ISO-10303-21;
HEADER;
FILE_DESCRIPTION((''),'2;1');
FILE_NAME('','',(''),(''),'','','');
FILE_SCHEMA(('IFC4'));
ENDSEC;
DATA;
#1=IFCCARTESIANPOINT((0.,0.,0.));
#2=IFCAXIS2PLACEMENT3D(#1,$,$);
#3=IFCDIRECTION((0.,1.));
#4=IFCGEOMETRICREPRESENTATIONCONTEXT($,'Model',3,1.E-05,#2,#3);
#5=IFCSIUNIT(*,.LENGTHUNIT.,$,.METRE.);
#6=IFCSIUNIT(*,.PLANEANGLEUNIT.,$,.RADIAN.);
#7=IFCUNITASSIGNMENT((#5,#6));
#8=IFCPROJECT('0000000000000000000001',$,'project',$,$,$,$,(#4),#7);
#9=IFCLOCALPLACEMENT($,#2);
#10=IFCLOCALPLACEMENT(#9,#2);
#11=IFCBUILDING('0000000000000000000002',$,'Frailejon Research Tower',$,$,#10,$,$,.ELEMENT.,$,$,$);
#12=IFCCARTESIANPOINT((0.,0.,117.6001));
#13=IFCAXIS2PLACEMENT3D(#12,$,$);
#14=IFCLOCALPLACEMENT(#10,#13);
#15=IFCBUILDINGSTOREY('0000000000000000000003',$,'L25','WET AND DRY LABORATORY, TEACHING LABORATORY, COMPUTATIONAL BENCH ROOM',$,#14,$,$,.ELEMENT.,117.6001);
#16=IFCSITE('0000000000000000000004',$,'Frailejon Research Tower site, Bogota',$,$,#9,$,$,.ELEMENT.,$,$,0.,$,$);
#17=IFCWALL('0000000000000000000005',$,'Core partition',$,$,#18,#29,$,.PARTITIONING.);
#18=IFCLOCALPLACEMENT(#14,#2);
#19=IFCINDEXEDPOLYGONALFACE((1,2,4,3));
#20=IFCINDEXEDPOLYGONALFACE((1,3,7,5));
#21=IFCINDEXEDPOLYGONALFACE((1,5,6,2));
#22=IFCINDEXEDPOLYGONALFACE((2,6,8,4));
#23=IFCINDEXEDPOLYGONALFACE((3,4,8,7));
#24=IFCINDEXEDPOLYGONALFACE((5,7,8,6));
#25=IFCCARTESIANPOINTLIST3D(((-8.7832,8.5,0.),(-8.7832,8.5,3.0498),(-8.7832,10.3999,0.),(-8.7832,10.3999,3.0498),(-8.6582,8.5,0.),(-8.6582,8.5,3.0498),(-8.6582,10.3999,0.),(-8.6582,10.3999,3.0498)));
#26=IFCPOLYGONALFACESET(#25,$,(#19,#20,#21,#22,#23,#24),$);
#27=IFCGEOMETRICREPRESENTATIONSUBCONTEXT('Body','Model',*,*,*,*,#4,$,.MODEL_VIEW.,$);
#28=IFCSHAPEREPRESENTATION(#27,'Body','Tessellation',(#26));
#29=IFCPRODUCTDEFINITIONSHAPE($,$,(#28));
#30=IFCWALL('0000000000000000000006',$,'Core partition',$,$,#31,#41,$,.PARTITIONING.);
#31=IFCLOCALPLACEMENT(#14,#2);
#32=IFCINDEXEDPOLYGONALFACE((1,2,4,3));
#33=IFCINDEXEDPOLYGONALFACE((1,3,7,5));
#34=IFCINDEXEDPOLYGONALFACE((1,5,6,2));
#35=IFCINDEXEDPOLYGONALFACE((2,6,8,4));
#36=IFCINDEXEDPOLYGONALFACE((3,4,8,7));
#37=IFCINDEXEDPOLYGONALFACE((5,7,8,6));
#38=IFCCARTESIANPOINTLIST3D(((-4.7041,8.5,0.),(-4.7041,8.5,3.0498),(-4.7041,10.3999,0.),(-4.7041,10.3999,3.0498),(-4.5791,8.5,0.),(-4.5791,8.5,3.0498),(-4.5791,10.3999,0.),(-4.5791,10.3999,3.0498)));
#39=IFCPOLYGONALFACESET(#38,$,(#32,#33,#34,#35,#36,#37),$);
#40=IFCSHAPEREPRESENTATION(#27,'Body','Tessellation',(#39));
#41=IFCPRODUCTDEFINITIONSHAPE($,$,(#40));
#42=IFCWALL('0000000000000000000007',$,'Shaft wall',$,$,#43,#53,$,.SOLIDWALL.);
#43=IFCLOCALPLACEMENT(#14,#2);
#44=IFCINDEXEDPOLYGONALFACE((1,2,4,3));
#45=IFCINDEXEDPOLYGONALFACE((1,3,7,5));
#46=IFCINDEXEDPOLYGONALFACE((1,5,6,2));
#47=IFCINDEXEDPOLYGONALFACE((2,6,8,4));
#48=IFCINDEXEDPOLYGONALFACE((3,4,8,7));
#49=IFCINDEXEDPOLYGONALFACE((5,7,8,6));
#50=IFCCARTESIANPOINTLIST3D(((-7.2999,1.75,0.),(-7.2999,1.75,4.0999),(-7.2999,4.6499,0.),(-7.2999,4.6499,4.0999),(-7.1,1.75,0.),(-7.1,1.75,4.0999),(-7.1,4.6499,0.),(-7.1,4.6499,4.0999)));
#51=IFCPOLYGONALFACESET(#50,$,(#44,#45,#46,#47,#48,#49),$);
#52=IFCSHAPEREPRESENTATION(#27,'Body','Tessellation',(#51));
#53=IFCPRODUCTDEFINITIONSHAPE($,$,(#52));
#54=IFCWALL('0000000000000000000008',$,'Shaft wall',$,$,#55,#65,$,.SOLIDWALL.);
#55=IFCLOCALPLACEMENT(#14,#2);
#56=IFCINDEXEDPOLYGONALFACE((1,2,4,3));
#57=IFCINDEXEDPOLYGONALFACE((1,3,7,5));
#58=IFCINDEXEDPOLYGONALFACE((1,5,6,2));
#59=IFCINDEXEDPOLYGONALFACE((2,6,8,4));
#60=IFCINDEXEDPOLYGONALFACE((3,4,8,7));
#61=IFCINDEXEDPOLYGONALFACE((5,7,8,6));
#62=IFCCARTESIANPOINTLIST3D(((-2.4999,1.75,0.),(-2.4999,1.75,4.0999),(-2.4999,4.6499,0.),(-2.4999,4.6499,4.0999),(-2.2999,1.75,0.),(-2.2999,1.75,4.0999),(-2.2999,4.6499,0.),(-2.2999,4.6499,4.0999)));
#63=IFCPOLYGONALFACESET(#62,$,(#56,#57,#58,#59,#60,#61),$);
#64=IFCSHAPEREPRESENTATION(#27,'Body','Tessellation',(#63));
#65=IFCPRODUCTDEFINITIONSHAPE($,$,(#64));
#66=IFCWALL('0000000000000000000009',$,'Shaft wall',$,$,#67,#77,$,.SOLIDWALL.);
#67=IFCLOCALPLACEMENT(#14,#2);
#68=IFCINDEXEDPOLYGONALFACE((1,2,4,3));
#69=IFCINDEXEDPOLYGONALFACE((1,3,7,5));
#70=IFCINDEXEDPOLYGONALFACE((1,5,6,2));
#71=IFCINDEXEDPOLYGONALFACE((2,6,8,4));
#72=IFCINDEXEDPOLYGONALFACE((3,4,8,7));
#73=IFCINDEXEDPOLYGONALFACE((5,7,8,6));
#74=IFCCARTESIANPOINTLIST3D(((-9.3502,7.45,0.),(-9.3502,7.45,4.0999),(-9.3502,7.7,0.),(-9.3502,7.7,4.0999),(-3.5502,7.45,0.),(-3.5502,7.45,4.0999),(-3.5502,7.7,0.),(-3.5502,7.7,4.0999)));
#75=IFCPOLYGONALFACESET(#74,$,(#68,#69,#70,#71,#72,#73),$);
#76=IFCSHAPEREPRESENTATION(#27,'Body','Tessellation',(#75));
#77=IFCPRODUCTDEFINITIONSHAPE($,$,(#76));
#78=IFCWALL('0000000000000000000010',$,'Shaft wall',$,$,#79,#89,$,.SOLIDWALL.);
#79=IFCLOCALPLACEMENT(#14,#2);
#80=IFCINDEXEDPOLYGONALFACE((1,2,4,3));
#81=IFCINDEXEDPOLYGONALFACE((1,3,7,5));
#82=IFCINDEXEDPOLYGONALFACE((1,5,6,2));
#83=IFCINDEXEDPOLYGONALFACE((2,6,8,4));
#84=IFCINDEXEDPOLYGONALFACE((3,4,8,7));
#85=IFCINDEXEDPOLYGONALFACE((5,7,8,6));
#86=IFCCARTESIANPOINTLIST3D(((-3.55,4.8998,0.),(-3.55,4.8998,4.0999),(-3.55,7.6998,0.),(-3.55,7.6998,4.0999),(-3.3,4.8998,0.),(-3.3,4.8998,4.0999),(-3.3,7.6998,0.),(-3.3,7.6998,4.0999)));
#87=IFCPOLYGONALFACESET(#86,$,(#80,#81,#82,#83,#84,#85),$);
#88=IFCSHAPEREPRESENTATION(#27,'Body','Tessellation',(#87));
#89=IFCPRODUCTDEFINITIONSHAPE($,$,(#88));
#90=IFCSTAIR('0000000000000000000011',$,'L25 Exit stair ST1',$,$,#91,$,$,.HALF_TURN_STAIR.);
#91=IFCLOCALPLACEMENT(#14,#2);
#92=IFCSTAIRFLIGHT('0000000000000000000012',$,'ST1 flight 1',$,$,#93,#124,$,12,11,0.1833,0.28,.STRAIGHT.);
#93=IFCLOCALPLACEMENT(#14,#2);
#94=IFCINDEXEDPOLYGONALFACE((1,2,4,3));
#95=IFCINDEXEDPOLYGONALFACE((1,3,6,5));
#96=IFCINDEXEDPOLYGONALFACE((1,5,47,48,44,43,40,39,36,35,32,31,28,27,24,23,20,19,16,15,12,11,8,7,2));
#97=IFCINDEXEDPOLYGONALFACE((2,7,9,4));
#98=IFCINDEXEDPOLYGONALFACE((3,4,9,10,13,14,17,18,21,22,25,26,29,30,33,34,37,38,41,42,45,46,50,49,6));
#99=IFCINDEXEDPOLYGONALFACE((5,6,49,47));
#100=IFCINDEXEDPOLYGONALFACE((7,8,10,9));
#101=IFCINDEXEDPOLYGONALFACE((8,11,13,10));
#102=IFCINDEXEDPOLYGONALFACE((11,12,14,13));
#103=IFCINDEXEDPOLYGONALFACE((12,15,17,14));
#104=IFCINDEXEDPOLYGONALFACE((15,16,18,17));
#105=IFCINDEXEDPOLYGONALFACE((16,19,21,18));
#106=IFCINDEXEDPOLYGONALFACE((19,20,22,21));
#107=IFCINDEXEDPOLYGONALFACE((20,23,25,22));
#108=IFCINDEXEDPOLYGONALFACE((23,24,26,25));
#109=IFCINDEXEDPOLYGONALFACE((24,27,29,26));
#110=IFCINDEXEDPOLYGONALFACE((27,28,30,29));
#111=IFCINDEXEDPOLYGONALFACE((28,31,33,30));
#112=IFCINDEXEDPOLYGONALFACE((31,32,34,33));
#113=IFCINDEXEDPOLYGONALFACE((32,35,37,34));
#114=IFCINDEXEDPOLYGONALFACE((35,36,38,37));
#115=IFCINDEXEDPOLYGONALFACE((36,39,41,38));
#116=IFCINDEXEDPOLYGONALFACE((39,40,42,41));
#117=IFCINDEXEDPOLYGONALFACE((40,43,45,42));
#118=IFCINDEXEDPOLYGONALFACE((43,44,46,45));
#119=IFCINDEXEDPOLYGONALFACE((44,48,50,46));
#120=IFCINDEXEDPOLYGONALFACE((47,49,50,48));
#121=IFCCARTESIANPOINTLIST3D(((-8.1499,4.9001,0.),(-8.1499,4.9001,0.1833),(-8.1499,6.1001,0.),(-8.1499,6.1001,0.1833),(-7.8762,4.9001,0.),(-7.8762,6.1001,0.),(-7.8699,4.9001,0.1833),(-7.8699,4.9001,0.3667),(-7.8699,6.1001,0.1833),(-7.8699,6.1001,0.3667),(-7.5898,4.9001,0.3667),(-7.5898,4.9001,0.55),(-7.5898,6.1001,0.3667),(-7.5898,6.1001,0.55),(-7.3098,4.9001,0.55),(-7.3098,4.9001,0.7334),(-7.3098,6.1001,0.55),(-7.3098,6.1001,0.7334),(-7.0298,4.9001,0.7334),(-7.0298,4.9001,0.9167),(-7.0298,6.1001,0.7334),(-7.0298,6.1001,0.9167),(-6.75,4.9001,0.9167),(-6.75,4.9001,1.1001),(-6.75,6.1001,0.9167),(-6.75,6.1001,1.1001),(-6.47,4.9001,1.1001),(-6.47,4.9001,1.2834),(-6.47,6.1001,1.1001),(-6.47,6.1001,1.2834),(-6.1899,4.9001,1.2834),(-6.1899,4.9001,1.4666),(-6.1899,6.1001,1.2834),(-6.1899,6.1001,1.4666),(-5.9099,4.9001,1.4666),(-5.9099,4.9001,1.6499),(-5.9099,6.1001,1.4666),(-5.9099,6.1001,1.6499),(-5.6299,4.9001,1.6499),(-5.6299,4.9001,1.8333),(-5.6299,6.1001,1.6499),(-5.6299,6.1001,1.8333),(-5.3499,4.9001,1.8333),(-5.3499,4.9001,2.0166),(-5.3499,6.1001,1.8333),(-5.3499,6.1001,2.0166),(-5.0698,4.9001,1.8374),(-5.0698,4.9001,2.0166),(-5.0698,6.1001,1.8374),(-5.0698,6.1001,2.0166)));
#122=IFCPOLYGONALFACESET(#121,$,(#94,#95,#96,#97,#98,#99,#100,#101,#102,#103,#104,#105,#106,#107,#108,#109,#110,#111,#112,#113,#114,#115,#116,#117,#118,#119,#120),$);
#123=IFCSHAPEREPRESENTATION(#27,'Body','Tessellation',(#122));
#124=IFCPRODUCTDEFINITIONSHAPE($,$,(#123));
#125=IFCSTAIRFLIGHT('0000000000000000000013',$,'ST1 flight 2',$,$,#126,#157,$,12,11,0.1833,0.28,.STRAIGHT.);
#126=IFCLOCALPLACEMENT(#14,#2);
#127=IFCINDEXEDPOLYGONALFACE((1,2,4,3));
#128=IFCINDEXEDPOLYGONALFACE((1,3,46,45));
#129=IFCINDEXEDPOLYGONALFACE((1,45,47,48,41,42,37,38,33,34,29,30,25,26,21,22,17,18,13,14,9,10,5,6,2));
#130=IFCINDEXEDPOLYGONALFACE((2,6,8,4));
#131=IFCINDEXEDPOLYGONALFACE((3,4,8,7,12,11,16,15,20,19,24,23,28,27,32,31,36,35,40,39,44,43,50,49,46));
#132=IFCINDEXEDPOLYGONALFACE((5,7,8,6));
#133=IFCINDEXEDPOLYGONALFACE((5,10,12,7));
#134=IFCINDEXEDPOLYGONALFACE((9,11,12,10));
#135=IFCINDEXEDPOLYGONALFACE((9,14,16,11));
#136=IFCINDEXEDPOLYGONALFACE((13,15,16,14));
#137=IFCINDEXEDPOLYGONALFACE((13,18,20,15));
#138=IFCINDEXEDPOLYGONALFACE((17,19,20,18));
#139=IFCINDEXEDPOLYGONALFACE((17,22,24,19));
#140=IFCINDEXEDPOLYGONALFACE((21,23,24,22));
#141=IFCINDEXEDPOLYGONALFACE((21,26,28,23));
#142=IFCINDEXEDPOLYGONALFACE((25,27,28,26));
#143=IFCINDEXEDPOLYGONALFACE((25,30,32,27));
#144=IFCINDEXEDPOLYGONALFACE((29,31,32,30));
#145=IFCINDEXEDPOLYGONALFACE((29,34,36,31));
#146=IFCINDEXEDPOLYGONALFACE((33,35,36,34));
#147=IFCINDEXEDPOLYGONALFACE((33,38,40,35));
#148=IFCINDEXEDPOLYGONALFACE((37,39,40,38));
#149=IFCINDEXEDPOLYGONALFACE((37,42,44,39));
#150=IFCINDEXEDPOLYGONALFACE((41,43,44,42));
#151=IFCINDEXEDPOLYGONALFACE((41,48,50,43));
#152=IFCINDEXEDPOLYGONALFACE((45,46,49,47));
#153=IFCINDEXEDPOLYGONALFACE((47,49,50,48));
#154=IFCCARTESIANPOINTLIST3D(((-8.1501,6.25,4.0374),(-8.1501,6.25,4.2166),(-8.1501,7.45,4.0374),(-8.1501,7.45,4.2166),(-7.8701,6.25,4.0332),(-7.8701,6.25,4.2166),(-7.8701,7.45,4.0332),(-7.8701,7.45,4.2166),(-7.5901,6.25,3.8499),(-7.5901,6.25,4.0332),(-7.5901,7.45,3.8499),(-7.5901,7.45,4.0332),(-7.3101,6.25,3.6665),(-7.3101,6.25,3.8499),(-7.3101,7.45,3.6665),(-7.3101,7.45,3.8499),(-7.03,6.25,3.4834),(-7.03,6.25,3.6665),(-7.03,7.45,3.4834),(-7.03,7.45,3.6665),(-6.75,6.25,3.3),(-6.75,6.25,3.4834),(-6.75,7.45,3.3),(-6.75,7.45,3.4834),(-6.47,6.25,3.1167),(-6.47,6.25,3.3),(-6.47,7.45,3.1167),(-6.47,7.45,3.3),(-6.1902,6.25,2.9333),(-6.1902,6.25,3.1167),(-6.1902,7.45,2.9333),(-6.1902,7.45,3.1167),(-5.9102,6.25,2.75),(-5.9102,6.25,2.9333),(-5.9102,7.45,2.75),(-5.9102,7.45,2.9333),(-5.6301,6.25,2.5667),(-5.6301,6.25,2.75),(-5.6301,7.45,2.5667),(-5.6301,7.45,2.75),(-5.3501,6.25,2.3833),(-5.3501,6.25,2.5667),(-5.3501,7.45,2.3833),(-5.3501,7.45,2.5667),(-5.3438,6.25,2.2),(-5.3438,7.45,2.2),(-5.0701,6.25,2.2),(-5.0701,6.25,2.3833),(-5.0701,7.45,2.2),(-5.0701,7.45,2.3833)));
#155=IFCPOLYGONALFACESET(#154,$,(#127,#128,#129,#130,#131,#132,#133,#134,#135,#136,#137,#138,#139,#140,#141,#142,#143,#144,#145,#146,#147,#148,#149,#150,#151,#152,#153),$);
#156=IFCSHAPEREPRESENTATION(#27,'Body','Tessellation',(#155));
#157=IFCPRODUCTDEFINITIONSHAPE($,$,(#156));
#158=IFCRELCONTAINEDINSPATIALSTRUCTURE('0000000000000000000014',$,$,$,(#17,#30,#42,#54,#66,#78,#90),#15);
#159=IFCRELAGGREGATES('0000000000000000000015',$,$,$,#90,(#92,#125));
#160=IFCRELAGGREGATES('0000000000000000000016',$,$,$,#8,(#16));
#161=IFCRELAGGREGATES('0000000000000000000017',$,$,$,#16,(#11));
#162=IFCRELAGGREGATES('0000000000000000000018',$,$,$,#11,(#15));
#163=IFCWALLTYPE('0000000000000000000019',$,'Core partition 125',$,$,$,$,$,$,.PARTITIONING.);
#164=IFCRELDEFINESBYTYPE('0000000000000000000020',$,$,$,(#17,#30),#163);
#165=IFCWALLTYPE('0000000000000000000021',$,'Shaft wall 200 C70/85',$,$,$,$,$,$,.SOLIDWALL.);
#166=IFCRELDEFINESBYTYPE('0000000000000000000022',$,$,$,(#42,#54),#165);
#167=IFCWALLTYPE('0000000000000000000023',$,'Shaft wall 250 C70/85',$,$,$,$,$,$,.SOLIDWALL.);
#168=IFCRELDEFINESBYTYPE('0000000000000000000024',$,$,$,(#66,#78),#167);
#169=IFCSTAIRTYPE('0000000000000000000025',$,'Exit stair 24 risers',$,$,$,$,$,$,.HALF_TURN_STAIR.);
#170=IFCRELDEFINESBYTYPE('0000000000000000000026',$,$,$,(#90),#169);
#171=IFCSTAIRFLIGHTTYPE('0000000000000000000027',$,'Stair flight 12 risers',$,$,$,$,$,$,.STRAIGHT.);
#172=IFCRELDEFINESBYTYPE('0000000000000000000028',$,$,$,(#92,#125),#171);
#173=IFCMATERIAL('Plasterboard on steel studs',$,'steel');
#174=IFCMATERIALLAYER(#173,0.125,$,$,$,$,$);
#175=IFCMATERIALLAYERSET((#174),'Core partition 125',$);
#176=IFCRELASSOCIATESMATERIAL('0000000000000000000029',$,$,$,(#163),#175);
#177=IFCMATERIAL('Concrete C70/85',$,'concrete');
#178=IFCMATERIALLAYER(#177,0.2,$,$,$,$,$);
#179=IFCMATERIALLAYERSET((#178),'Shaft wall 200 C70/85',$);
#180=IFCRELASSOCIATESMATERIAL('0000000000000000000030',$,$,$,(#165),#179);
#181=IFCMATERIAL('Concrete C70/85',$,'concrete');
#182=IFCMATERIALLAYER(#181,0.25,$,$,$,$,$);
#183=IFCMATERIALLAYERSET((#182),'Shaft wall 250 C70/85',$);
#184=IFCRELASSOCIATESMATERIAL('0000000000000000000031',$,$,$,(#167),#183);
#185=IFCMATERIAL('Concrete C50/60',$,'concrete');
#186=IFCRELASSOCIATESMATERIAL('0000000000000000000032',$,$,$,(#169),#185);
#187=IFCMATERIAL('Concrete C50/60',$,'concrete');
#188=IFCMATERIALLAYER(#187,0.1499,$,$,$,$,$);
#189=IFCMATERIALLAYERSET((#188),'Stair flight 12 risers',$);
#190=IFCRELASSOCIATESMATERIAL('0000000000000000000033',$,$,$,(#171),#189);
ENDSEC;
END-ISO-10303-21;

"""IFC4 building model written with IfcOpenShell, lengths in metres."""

from ifc_helpers import new_model, si_unit, direction, frame, frame_2d, origin, place, context, subcontext, project, spatial, polyline, rectangle, outline, extrude, material, layer, layer_set, type_object, element, aggregate, save


model = new_model("IFC4")

# Units and contexts
model_context = context("Model", 3, precision=1e-05, world=origin(), true_north=direction((0.0, 1.0)))
body_context = subcontext(model_context, "Body", "Model", "MODEL_VIEW")
ifc_project = project(units=[si_unit("LENGTHUNIT", "METRE"), si_unit("PLANEANGLEUNIT", "RADIAN")], contexts=[model_context])

# Site, building, storey
site_placement = place(None, origin())
site = spatial("IfcSite", under=ifc_project, at=site_placement, Name="Frailejon Research Tower site, Bogota", CompositionType="ELEMENT", RefElevation=0.0)
building_placement = place(site_placement, origin())
building = spatial("IfcBuilding", under=site, at=building_placement, Name="Frailejon Research Tower", CompositionType="ELEMENT")
storey_placement = place(building_placement, frame((0.0, 0.0, 117.6001)))
storey = spatial("IfcBuildingStorey", under=building, at=storey_placement, Name="L25", Description="WET AND DRY LABORATORY, TEACHING LABORATORY, COMPUTATIONAL BENCH ROOM", CompositionType="ELEMENT", Elevation=117.6001)

# Walls
ifc_material_1 = material(Name="Plasterboard on steel studs", Category="steel")
ifc_layer_1 = layer(ifc_material_1, 0.125)
ifc_layer_set_1 = layer_set([ifc_layer_1], Name="Core partition 125")
wall_type_1 = type_object("IfcWallType", Name="Core partition 125", PredefinedType="PARTITIONING", material=ifc_layer_set_1)
for number, where, z_axis, x_axis, name in (
    (1, (-8.7207, 8.5, 0.0), (0.0, 0.0, 1.0), (0.0, 1.0, 0.0), "Core partition"),
    (2, (-4.6416, 8.5, 0.0), (0.0, 0.0, 1.0), (0.0, 1.0, 0.0), "Core partition"),
):
    element("IfcWall", number, at=place(storey_placement, frame(where, z_axis=z_axis, x_axis=x_axis)), inside=storey, type_object=wall_type_1, Name=name, PredefinedType="PARTITIONING", context=body_context, shape_type="SweptSolid", body=[
        extrude(rectangle(XDim=1.8999, YDim=0.125, at=frame_2d((0.95, 0.0))), origin(), (0.0, 0.0, 1.0), 3.0498),
    ])
ifc_material_2 = material(Name="Concrete C70/85", Category="concrete")
ifc_layer_2 = layer(ifc_material_2, 0.2)
ifc_layer_set_2 = layer_set([ifc_layer_2], Name="Shaft wall 200 C70/85")
wall_type_2 = type_object("IfcWallType", Name="Shaft wall 200 C70/85", PredefinedType="SOLIDWALL", material=ifc_layer_set_2)
for number, where, z_axis, x_axis, name in (
    (3, (-7.2, 1.75, 0.0), (0.0, 0.0, 1.0), (0.0, 1.0, 0.0), "Shaft wall"),
    (4, (-2.3999, 1.75, 0.0), (0.0, 0.0, 1.0), (0.0, 1.0, 0.0), "Shaft wall"),
):
    element("IfcWall", number, at=place(storey_placement, frame(where, z_axis=z_axis, x_axis=x_axis)), inside=storey, type_object=wall_type_2, Name=name, PredefinedType="SOLIDWALL", context=body_context, shape_type="SweptSolid", body=[
        extrude(rectangle(XDim=2.8999, YDim=0.2, at=frame_2d((1.45, 0.0))), origin(), (0.0, 0.0, 1.0), 4.0999),
    ])
ifc_material_3 = material(Name="Concrete C70/85", Category="concrete")
ifc_layer_3 = layer(ifc_material_3, 0.25)
ifc_layer_set_3 = layer_set([ifc_layer_3], Name="Shaft wall 250 C70/85")
wall_type_3 = type_object("IfcWallType", Name="Shaft wall 250 C70/85", PredefinedType="SOLIDWALL", material=ifc_layer_set_3)
wall_1_placement = place(storey_placement, frame((-9.3501, 7.575, 0.0), z_axis=(0.0, 0.0, 1.0), x_axis=(1.0, 0.0, 0.0)))
element("IfcWall", 5, at=wall_1_placement, inside=storey, type_object=wall_type_3, Name="Shaft wall", PredefinedType="SOLIDWALL", context=body_context, shape_type="SweptSolid", body=[
    extrude(rectangle(XDim=5.8, YDim=0.25, at=frame_2d((2.8999, 0.0))), origin(), (0.0, 0.0, 1.0), 4.0999),
])
wall_2_placement = place(storey_placement, frame((-3.425, 4.8999, 0.0), z_axis=(0.0, 0.0, 1.0), x_axis=(0.0, 1.0, 0.0)))
element("IfcWall", 6, at=wall_2_placement, inside=storey, type_object=wall_type_3, Name="Shaft wall", PredefinedType="SOLIDWALL", context=body_context, shape_type="SweptSolid", body=[
    extrude(rectangle(XDim=2.8, YDim=0.25, at=frame_2d((1.3999, 0.0))), origin(), (0.0, 0.0, 1.0), 4.0999),
])

# Stair, stair flights
ifc_material_4 = material(Name="Concrete C50/60", Category="concrete")
stair_type = type_object("IfcStairType", Name="Exit stair 24 risers", PredefinedType="HALF_TURN_STAIR", material=ifc_material_4)
stair_placement = place(storey_placement, origin())
stair = element("IfcStair", 7, at=stair_placement, inside=storey, type_object=stair_type, Name="L25 Exit stair ST1", PredefinedType="HALF_TURN_STAIR")
ifc_material_5 = material(Name="Concrete C50/60", Category="concrete")
ifc_layer_4 = layer(ifc_material_5, 0.1499)
ifc_layer_set_4 = layer_set([ifc_layer_4], Name="Stair flight 12 risers")
stair_flight_type = type_object("IfcStairFlightType", Name="Stair flight 12 risers", PredefinedType="STRAIGHT", material=ifc_layer_set_4)
stair_flight_1_placement = place(storey_placement, frame((-8.1499, 5.5, 0.0), z_axis=(0.0, 0.0, 1.0), x_axis=(1.0, 0.0, 0.0)))
stair_flight_1 = element("IfcStairFlight", 8, at=stair_flight_1_placement, type_object=stair_flight_type, Name="ST1 flight 1", NumberOfRisers=12, NumberOfTreads=11, PredefinedType="STRAIGHT", RiserHeight=0.1833, TreadLength=0.28, context=body_context, shape_type="SweptSolid", body=[
    extrude(outline(polyline([(0.0, 0.0), (0.0, 0.1833), (0.28, 0.1833), (0.28, 0.3667), (0.5601, 0.3667), (0.5601, 0.55), (0.8401, 0.55), (0.8401, 0.7334), (1.1201, 0.7334), (1.1201, 0.9167), (1.3999, 0.9167), (1.3999, 1.1001), (1.6799, 1.1001), (1.6799, 1.2834), (1.96, 1.2834), (1.96, 1.4666), (2.24, 1.4666), (2.24, 1.6499), (2.52, 1.6499), (2.52, 1.8333), (2.8, 1.8333), (2.8, 2.0166), (3.0801, 2.0166), (3.0801, 2.2), (3.0801, 1.8374), (0.2737, 0.0), (0.0, 0.0)])), frame((0.0, 0.6001, 0.0), z_axis=(0.0, -1.0, 0.0), x_axis=(1.0, 0.0, 0.0)), (0.0, 0.0, 1.0), 1.2),
])
stair_flight_2_placement = place(storey_placement, frame((-5.0701, 6.8501, 2.2), z_axis=(0.0, 0.0, 1.0), x_axis=(-1.0, 0.0, 0.0)))
stair_flight_2 = element("IfcStairFlight", 9, at=stair_flight_2_placement, type_object=stair_flight_type, Name="ST1 flight 2", NumberOfRisers=12, NumberOfTreads=11, PredefinedType="STRAIGHT", RiserHeight=0.1833, TreadLength=0.28, context=body_context, shape_type="SweptSolid", body=[
    extrude(outline(polyline([(0.0, 0.0), (0.0, 0.1833), (0.28, 0.1833), (0.28, 0.3667), (0.5601, 0.3667), (0.5601, 0.55), (0.8401, 0.55), (0.8401, 0.7334), (1.1201, 0.7334), (1.1201, 0.9167), (1.3999, 0.9167), (1.3999, 1.1001), (1.6799, 1.1001), (1.6799, 1.2834), (1.96, 1.2834), (1.96, 1.4666), (2.24, 1.4666), (2.24, 1.6499), (2.52, 1.6499), (2.52, 1.8333), (2.8, 1.8333), (2.8, 2.0166), (3.0801, 2.0166), (3.0801, 2.2), (3.0801, 1.8374), (0.2737, 0.0), (0.0, 0.0)])), frame((0.0, 0.6001, 0.0), z_axis=(0.0, -1.0, 0.0), x_axis=(1.0, 0.0, 0.0)), (0.0, 0.0, 1.0), 1.2),
])
aggregate(stair, [stair_flight_1, stair_flight_2])

save(model, "model.ifc")
